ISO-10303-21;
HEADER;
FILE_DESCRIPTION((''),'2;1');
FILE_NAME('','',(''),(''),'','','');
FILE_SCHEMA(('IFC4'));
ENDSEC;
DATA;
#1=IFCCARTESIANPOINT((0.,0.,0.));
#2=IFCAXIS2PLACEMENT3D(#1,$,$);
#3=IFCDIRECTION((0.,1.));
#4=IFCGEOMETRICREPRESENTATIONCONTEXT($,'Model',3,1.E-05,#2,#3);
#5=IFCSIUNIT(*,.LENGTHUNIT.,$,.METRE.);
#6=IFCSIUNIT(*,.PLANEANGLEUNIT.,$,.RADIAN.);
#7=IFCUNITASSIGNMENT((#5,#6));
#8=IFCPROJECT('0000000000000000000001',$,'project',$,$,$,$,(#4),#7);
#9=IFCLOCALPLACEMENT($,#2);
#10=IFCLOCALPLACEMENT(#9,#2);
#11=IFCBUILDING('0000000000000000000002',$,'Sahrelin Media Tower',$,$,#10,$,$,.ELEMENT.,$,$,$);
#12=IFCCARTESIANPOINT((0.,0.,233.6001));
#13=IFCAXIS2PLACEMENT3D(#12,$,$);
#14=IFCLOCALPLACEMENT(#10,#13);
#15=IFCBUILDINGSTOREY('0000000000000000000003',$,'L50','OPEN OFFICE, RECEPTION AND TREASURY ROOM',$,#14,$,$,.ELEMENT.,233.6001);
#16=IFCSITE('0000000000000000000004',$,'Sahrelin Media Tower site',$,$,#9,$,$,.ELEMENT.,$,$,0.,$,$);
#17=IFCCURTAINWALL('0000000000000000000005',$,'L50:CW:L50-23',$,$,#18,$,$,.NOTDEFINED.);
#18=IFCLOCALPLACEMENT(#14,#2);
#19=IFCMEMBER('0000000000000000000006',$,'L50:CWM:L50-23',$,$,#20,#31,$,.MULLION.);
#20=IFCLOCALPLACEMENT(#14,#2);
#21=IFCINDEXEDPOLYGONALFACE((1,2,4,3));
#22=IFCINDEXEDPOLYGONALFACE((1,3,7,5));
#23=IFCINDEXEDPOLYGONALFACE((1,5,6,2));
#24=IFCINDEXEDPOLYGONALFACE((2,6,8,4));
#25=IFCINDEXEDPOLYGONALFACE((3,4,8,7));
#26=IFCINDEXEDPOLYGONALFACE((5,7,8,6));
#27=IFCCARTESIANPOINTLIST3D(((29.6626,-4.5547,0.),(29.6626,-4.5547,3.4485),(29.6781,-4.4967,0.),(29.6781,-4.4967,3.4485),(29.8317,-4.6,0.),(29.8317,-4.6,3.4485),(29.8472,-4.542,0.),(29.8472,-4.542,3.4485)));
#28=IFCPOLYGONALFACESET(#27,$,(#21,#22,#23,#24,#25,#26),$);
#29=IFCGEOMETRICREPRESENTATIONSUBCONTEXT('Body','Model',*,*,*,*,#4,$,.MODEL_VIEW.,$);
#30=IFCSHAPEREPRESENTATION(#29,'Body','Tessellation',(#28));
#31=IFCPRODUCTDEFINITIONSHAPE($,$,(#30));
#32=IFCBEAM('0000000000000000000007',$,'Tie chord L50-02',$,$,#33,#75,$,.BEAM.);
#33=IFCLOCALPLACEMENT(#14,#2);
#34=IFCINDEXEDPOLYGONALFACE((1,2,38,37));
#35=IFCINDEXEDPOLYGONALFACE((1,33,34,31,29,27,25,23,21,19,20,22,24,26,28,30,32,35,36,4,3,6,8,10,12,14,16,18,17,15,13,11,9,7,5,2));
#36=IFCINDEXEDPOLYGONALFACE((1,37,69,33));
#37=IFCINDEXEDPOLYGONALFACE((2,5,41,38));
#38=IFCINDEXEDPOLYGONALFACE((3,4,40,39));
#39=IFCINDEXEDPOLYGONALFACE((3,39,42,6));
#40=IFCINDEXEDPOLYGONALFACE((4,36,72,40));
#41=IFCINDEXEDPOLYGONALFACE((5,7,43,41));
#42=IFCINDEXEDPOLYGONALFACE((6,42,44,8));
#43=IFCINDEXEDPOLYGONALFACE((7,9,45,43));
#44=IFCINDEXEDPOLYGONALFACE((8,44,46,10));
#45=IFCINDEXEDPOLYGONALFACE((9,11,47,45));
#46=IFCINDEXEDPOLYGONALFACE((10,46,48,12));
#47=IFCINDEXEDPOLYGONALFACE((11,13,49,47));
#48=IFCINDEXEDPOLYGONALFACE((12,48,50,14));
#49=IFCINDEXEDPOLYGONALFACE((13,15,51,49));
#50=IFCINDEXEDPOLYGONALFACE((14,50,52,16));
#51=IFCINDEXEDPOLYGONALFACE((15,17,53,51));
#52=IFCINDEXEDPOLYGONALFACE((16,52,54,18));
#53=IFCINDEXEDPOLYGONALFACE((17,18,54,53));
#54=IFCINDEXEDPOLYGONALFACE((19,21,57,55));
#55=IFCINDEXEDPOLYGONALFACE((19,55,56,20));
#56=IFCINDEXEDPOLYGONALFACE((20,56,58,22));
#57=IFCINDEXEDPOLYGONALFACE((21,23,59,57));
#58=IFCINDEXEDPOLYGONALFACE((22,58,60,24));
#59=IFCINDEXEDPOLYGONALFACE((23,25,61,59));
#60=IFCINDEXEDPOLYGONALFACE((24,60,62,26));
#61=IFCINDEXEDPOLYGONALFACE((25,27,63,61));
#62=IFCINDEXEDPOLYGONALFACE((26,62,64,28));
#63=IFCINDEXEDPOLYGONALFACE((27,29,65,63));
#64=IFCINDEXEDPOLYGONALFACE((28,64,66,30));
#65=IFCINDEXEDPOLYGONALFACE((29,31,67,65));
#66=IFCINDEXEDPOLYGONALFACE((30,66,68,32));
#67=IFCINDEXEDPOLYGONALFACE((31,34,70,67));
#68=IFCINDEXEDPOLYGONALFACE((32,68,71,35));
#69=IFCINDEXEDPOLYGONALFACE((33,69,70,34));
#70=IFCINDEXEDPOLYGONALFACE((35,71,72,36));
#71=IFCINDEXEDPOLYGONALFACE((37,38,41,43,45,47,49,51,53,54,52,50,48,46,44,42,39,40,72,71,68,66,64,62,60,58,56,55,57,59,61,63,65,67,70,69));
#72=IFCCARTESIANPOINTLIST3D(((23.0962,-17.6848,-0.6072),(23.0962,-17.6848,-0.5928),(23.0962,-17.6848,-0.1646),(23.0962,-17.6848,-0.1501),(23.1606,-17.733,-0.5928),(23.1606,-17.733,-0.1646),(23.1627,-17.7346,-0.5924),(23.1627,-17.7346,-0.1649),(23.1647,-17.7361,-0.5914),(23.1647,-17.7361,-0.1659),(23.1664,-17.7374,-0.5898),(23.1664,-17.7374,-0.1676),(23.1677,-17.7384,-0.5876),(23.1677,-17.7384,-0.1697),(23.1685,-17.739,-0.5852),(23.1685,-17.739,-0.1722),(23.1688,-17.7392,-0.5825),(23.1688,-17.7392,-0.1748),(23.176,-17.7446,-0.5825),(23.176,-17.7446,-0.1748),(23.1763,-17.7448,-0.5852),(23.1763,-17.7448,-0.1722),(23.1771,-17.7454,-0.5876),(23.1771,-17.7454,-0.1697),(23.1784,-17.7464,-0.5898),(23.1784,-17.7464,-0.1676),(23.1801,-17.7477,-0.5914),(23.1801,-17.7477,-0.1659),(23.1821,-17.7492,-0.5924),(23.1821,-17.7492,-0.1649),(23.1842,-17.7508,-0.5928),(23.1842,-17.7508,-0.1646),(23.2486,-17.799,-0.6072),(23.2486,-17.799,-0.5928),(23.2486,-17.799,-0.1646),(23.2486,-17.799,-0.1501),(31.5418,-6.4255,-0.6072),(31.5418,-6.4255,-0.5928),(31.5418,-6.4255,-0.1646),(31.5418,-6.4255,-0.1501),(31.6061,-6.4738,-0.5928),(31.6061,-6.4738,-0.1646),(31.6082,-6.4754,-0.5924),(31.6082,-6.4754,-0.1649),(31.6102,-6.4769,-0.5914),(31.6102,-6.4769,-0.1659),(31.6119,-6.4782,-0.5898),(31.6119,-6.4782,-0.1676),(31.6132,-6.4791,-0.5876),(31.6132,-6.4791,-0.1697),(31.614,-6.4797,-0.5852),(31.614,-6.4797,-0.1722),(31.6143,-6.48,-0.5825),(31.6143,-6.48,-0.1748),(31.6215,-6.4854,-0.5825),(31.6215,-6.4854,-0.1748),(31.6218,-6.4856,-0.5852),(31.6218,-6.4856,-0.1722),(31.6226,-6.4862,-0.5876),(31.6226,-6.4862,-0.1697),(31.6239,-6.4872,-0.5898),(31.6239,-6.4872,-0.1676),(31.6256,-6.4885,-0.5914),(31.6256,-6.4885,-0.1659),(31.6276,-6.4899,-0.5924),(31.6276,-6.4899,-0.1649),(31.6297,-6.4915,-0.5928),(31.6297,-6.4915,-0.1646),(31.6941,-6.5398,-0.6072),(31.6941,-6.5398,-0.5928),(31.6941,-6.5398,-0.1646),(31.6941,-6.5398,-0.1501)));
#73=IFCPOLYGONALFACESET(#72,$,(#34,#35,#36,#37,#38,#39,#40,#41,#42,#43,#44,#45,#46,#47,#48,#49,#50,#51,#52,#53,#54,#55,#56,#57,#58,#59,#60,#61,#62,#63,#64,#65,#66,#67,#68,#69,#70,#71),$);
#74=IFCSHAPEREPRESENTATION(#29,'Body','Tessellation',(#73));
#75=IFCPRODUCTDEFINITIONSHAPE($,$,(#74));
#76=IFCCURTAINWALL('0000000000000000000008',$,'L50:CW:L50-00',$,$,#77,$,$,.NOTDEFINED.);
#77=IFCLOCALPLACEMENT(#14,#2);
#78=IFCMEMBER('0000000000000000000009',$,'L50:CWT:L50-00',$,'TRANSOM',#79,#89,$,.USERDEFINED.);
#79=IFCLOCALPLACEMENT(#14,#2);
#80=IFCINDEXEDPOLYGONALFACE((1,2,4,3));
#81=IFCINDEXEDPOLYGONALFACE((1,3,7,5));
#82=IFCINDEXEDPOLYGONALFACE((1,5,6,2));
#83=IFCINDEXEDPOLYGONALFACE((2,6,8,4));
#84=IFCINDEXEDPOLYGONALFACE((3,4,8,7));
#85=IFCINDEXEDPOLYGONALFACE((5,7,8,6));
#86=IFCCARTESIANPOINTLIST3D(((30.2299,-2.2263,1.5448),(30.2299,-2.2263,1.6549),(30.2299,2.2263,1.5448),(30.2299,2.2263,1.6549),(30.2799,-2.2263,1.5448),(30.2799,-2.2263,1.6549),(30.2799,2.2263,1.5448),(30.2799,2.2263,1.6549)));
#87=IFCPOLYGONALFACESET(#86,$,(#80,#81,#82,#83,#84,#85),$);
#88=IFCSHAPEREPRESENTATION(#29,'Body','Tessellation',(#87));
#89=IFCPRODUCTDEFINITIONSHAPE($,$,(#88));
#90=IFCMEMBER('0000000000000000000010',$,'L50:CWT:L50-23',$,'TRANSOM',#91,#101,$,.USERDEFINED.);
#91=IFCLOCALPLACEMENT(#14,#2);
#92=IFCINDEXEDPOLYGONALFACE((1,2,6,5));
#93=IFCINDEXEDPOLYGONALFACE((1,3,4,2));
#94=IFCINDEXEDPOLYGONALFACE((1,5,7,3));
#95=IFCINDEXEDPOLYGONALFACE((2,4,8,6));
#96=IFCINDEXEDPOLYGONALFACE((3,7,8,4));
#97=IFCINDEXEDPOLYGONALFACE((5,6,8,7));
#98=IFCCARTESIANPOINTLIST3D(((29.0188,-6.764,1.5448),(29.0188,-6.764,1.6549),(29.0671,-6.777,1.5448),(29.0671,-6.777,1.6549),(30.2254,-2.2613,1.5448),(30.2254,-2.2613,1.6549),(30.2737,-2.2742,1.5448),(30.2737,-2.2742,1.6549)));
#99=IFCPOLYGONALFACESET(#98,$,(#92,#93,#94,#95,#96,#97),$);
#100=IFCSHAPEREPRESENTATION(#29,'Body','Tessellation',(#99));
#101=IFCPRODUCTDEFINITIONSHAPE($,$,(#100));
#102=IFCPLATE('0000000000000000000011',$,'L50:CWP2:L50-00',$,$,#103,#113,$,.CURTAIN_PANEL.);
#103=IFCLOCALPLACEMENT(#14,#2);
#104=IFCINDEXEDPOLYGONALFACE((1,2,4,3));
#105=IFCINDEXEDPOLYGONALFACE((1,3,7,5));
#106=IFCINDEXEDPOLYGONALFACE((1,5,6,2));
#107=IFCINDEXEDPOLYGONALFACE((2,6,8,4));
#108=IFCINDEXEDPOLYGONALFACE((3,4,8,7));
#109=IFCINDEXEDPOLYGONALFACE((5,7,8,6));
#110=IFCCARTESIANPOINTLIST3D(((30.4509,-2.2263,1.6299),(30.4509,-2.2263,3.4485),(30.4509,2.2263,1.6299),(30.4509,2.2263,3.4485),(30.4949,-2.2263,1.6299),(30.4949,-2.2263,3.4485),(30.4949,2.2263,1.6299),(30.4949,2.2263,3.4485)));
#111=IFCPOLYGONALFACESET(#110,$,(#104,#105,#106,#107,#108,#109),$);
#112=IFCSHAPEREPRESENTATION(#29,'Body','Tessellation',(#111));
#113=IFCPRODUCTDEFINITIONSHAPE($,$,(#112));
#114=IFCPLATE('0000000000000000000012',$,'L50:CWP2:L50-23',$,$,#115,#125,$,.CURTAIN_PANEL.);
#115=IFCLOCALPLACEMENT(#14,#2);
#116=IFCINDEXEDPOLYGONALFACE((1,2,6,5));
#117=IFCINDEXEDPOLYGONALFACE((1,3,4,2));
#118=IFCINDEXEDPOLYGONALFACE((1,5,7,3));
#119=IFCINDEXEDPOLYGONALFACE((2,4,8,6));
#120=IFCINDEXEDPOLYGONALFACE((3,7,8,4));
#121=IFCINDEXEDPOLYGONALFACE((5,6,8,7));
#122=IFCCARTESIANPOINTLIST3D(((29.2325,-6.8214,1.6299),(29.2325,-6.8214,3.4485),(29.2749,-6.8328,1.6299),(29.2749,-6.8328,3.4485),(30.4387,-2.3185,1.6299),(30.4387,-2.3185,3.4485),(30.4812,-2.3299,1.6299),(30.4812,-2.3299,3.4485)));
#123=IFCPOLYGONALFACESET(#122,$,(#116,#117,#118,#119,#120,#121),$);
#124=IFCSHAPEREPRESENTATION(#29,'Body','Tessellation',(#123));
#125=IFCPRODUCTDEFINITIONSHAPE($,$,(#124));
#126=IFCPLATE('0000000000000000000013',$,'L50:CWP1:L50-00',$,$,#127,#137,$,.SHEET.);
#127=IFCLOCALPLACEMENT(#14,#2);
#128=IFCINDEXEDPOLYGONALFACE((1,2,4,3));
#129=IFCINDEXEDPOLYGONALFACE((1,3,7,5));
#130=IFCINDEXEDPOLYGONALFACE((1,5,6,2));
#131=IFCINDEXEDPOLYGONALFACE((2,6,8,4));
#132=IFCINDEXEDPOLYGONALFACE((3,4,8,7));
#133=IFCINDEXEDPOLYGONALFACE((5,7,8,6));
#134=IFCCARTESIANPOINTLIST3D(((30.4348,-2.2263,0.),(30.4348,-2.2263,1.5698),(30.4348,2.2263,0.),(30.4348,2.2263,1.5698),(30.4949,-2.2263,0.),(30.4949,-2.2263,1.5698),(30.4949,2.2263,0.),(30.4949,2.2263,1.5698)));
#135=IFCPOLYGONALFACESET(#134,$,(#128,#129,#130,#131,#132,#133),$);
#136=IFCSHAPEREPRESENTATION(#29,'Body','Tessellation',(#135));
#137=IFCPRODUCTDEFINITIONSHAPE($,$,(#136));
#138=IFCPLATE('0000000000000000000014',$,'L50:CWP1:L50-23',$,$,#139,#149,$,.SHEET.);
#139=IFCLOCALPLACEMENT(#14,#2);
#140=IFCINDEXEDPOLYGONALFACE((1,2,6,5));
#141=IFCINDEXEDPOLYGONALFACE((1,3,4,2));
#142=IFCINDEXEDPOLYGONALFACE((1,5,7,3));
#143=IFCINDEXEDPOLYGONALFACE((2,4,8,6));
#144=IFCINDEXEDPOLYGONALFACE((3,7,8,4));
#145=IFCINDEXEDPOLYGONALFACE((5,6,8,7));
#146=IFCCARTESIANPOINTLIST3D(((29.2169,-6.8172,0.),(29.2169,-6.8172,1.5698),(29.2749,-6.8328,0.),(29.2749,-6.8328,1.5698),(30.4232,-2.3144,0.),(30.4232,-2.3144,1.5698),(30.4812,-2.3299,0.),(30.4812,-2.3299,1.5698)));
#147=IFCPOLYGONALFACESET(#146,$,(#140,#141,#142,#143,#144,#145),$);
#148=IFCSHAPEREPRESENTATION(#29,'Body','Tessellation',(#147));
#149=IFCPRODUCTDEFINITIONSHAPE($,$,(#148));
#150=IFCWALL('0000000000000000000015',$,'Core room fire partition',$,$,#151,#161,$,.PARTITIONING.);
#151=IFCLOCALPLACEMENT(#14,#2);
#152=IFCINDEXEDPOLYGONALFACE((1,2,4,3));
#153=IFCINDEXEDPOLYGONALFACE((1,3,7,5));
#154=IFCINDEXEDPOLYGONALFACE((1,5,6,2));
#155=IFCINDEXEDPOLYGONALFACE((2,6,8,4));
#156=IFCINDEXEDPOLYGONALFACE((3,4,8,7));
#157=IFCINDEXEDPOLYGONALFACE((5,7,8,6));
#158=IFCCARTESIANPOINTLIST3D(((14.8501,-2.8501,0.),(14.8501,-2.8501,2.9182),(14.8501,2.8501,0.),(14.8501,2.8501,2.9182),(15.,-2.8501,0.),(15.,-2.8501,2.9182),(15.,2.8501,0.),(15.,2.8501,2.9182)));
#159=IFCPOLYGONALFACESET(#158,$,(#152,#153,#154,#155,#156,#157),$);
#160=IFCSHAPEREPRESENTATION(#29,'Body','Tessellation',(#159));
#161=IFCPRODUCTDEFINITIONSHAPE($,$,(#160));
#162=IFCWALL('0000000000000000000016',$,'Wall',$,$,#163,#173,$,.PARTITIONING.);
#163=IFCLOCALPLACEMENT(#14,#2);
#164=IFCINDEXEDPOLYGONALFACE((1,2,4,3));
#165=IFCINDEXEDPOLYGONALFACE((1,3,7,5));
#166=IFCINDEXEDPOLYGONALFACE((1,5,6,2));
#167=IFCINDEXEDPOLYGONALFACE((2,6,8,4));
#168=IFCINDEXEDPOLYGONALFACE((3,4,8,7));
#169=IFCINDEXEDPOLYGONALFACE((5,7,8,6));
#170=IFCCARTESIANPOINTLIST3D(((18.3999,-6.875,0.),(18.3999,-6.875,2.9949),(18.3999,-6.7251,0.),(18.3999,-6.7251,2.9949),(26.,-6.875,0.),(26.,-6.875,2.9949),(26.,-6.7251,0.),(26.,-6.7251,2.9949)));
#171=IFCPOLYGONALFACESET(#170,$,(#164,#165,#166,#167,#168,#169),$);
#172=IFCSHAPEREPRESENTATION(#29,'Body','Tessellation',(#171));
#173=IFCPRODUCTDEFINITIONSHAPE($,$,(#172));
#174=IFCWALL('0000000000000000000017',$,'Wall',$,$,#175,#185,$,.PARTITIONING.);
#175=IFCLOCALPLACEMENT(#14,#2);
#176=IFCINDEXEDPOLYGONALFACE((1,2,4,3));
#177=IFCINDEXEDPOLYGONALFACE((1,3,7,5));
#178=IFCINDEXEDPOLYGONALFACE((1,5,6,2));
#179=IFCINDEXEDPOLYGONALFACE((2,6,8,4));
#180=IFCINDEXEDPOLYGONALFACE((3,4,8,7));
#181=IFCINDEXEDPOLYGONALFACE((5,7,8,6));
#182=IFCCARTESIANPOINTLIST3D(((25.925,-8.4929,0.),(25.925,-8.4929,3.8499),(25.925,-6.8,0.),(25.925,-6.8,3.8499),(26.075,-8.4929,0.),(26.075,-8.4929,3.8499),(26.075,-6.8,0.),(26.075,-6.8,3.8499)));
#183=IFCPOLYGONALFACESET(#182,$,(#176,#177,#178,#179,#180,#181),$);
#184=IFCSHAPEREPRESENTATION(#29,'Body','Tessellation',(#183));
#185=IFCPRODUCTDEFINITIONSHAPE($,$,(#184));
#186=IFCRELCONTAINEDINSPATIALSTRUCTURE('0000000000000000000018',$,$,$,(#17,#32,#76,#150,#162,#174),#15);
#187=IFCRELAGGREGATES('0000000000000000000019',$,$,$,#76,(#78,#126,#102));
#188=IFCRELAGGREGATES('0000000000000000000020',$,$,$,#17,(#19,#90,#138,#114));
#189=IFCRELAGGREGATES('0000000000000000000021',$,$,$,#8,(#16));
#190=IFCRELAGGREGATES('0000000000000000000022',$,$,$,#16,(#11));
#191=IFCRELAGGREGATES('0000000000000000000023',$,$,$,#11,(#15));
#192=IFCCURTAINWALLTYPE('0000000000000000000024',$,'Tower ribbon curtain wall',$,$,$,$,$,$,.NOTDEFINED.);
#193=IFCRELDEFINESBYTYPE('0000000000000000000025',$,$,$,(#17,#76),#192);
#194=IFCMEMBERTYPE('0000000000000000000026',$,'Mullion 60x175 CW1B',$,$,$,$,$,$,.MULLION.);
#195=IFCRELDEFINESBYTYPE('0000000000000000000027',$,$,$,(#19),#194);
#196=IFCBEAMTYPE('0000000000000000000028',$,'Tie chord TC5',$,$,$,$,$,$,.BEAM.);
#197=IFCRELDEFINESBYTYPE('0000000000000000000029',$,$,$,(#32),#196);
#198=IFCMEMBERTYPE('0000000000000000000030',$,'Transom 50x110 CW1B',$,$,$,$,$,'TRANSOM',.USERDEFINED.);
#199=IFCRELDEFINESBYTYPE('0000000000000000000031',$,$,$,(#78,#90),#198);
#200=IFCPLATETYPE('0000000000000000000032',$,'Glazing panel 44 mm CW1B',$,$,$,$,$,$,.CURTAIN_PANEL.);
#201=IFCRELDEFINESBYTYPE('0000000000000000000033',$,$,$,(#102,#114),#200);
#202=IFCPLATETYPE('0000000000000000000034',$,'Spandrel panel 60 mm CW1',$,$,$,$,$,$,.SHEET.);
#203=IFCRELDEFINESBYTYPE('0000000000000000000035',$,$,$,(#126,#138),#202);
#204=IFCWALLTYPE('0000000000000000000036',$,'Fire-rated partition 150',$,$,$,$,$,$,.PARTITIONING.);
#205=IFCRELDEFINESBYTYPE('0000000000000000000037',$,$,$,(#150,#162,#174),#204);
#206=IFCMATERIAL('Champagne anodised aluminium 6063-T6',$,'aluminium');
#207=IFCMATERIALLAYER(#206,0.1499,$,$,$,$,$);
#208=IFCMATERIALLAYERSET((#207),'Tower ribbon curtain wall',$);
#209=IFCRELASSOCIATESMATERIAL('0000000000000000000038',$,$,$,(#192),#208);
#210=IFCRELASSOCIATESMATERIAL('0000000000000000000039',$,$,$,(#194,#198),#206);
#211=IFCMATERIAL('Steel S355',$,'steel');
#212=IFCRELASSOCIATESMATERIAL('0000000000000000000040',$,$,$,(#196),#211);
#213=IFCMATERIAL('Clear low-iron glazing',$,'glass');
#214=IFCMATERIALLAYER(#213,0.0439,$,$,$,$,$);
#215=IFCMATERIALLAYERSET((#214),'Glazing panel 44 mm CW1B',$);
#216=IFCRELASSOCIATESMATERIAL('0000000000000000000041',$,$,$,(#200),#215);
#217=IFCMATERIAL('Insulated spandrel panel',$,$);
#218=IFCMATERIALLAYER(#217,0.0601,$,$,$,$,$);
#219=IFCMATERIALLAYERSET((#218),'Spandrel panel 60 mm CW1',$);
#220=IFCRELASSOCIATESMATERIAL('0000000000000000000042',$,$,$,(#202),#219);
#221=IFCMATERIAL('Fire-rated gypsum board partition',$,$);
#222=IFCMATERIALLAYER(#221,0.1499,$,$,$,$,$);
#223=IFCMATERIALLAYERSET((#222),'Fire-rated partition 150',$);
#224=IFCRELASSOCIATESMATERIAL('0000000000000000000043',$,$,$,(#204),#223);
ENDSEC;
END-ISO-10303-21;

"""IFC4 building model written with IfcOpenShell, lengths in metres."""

from ifc_helpers import new_model, si_unit, direction, frame, frame_2d, origin, origin_2d, place, context, subcontext, project, spatial, polyline, rectangle, i_section, outline, extrude, material, layer, layer_set, material_profile, profile_set, type_object, element, aggregate, save


model = new_model("IFC4")

# Units and contexts
model_context = context("Model", 3, precision=1e-05, world=origin(), true_north=direction((0.0, 1.0)))
body_context = subcontext(model_context, "Body", "Model", "MODEL_VIEW")
ifc_project = project(units=[si_unit("LENGTHUNIT", "METRE"), si_unit("PLANEANGLEUNIT", "RADIAN")], contexts=[model_context])

# Site, building, storey
site_placement = place(None, origin())
site = spatial("IfcSite", under=ifc_project, at=site_placement, Name="Sahrelin Media Tower site", CompositionType="ELEMENT", RefElevation=0.0)
building_placement = place(site_placement, origin())
building = spatial("IfcBuilding", under=site, at=building_placement, Name="Sahrelin Media Tower", CompositionType="ELEMENT")
storey_placement = place(building_placement, frame((0.0, 0.0, 233.6001)))
storey = spatial("IfcBuildingStorey", under=building, at=storey_placement, Name="L50", Description="OPEN OFFICE, RECEPTION AND TREASURY ROOM", CompositionType="ELEMENT", Elevation=233.6001)

# Shared definitions
ifc_material_1 = material(Name="Steel S355", Category="steel")

# Curtain wall, member
ifc_material_2 = material(Name="Champagne anodised aluminium 6063-T6", Category="aluminium")
ifc_layer_1 = layer(ifc_material_2, 0.1499)
ifc_layer_set_1 = layer_set([ifc_layer_1], Name="Tower ribbon curtain wall")
curtain_wall_type = type_object("IfcCurtainWallType", Name="Tower ribbon curtain wall", PredefinedType="NOTDEFINED", material=ifc_layer_set_1)
ifc_material_profile_1 = material_profile(ifc_material_2, rectangle(XDim=0.0601, YDim=0.175, at=origin_2d()), Name="Mullion 60x175")
ifc_profile_set_1 = profile_set([ifc_material_profile_1], Name="Champagne anodised aluminium 6063-T6")
member_type_1 = type_object("IfcMemberType", Name="Mullion 60x175 CW1B", PredefinedType="MULLION", material=ifc_profile_set_1)
curtain_wall_1_placement = place(storey_placement, frame((29.8586, -4.5762, 0.0), z_axis=(0.0, 0.0, 1.0), x_axis=(1.0, 0.0, 0.0)))
curtain_wall_1 = element("IfcCurtainWall", 1, at=curtain_wall_1_placement, inside=storey, type_object=curtain_wall_type, Name="L50:CW:L50-23", PredefinedType="NOTDEFINED")
member_1_placement = place(storey_placement, frame((29.7549, -4.5483, 0.0), z_axis=(0.0, 0.0, 1.0), x_axis=(0.258817, 0.965926, 0.0)))
member_1 = element("IfcMember", 2, at=member_1_placement, type_object=member_type_1, Name="L50:CWM:L50-23", PredefinedType="MULLION", context=body_context, shape_type="SweptSolid", body=[
    extrude(rectangle(XDim=0.0601, YDim=0.175, at=origin_2d()), origin(), (0.0, 0.0, 1.0), 3.4485),
])

# Beam
ifc_material_profile_2 = material_profile(ifc_material_1, i_section(OverallWidth=0.1904, OverallDepth=0.457, WebThickness=0.009, FlangeThickness=0.0144, FilletRadius=0.0103, at=origin_2d()), Name="UB 457x191x74")
ifc_profile_set_2 = profile_set([ifc_material_profile_2], Name="Steel S355")
beam_type_1 = type_object("IfcBeamType", Name="Tie chord TC5", PredefinedType="BEAM", material=ifc_profile_set_2)
beam_1_placement = place(storey_placement, frame((31.6179, -6.4827, -0.3787), z_axis=(-0.60005, -0.799963, 0.0), x_axis=(0.799963, -0.60005, 0.0)))
element("IfcBeam", 3, at=beam_1_placement, inside=storey, type_object=beam_type_1, Name="Tie chord L50-02", PredefinedType="BEAM", context=body_context, shape_type="SweptSolid", body=[
    extrude(i_section(OverallWidth=0.1904, OverallDepth=0.457, WebThickness=0.009, FlangeThickness=0.0144, FilletRadius=0.0103, at=origin_2d()), origin(), (0.0, 0.0, 1.0), 14.0747),
])

# Curtain wall, member
curtain_wall_2_placement = place(storey_placement, frame((30.4749, 0.0, 0.0), z_axis=(0.0, 0.0, 1.0), x_axis=(1.0, 0.0, 0.0)))
curtain_wall_2 = element("IfcCurtainWall", 4, at=curtain_wall_2_placement, inside=storey, type_object=curtain_wall_type, Name="L50:CW:L50-00", PredefinedType="NOTDEFINED")
ifc_material_profile_3 = material_profile(ifc_material_2, rectangle(XDim=0.05, YDim=0.1101, at=origin_2d()), Name="Transom 50x110")
ifc_profile_set_3 = profile_set([ifc_material_profile_3], Name="Champagne anodised aluminium 6063-T6")
member_type_2 = type_object("IfcMemberType", Name="Transom 50x110 CW1B", ElementType="TRANSOM", PredefinedType="USERDEFINED", material=ifc_profile_set_3)
member_2_placement = place(storey_placement, frame((30.2549, -2.2263, 1.5999), z_axis=(0.0, 1.0, 0.0), x_axis=(-1.0, 0.0, 0.0)))
member_2 = element("IfcMember", 5, at=member_2_placement, type_object=member_type_2, Name="L50:CWT:L50-00", ObjectType="TRANSOM", PredefinedType="USERDEFINED", context=body_context, shape_type="SweptSolid", body=[
    extrude(rectangle(XDim=0.05, YDim=0.1101, at=origin_2d()), origin(), (0.0, 0.0, 1.0), 4.4526),
])

# Member
member_3_placement = place(storey_placement, frame((29.043, -6.7705, 1.5999), z_axis=(0.258829, 0.965923, 0.0), x_axis=(-0.965923, 0.258829, 0.0)))
member_3 = element("IfcMember", 6, at=member_3_placement, type_object=member_type_2, Name="L50:CWT:L50-23", ObjectType="TRANSOM", PredefinedType="USERDEFINED", context=body_context, shape_type="SweptSolid", body=[
    extrude(rectangle(XDim=0.05, YDim=0.1101, at=origin_2d()), origin(), (0.0, 0.0, 1.0), 4.6616),
])

# Plates
ifc_material_3 = material(Name="Clear low-iron glazing", Category="glass")
ifc_layer_2 = layer(ifc_material_3, 0.0439)
ifc_layer_set_2 = layer_set([ifc_layer_2], Name="Glazing panel 44 mm CW1B")
plate_type_1 = type_object("IfcPlateType", Name="Glazing panel 44 mm CW1B", PredefinedType="CURTAIN_PANEL", material=ifc_layer_set_2)
plate_1_placement = place(storey_placement, frame((30.4949, -2.2263, 1.6299), z_axis=(1.0, 0.0, 0.0), x_axis=(0.0, 1.0, 0.0)))
plate_1 = element("IfcPlate", 7, at=plate_1_placement, type_object=plate_type_1, Name="L50:CWP2:L50-00", PredefinedType="CURTAIN_PANEL", context=body_context, shape_type="SweptSolid", body=[
    extrude(outline(polyline([(0.0, 0.0), (4.4526, 0.0), (4.4526, 1.8186), (0.0, 1.8186), (0.0, 0.0)])), origin(), (0.0, 0.0, -1.0), 0.0439),
])
plate_2_placement = place(storey_placement, frame((29.2749, -6.8328, 1.6299), z_axis=(0.96594, -0.258767, 0.0), x_axis=(0.258767, 0.96594, 0.0)))
plate_2 = element("IfcPlate", 8, at=plate_2_placement, type_object=plate_type_1, Name="L50:CWP2:L50-23", PredefinedType="CURTAIN_PANEL", context=body_context, shape_type="SweptSolid", body=[
    extrude(outline(polyline([(0.0, 0.0), (4.6616, 0.0), (4.6616, 1.8186), (0.0, 1.8186), (0.0, 0.0)])), origin(), (0.0, 0.0, -1.0), 0.0439),
])
ifc_material_4 = material(Name="Insulated spandrel panel")
ifc_layer_3 = layer(ifc_material_4, 0.0601)
ifc_layer_set_3 = layer_set([ifc_layer_3], Name="Spandrel panel 60 mm CW1")
plate_type_2 = type_object("IfcPlateType", Name="Spandrel panel 60 mm CW1", PredefinedType="SHEET", material=ifc_layer_set_3)
plate_3_placement = place(storey_placement, frame((30.4949, -2.2263, 0.0), z_axis=(1.0, 0.0, 0.0), x_axis=(0.0, 1.0, 0.0)))
plate_3 = element("IfcPlate", 9, at=plate_3_placement, type_object=plate_type_2, Name="L50:CWP1:L50-00", PredefinedType="SHEET", context=body_context, shape_type="SweptSolid", body=[
    extrude(outline(polyline([(0.0, 0.0), (4.4526, 0.0), (4.4526, 1.5698), (0.0, 1.5698), (0.0, 0.0)])), origin(), (0.0, 0.0, -1.0), 0.0601),
])
aggregate(curtain_wall_2, [member_2, plate_3, plate_1])
plate_4_placement = place(storey_placement, frame((29.2749, -6.8328, 0.0), z_axis=(0.96594, -0.258767, 0.0), x_axis=(0.258767, 0.96594, 0.0)))
plate_4 = element("IfcPlate", 10, at=plate_4_placement, type_object=plate_type_2, Name="L50:CWP1:L50-23", PredefinedType="SHEET", context=body_context, shape_type="SweptSolid", body=[
    extrude(outline(polyline([(0.0, 0.0), (4.6616, 0.0), (4.6616, 1.5698), (0.0, 1.5698), (0.0, 0.0)])), origin(), (0.0, 0.0, -1.0), 0.0601),
])
aggregate(curtain_wall_1, [member_1, member_3, plate_4, plate_2])

# Walls
ifc_material_5 = material(Name="Fire-rated gypsum board partition")
ifc_layer_4 = layer(ifc_material_5, 0.1499)
ifc_layer_set_4 = layer_set([ifc_layer_4], Name="Fire-rated partition 150")
wall_type_1 = type_object("IfcWallType", Name="Fire-rated partition 150", PredefinedType="PARTITIONING", material=ifc_layer_set_4)
wall_1_placement = place(storey_placement, frame((14.925, -2.8501, 0.0), z_axis=(0.0, 0.0, 1.0), x_axis=(0.0, 1.0, 0.0)))
element("IfcWall", 11, at=wall_1_placement, inside=storey, type_object=wall_type_1, Name="Core room fire partition", PredefinedType="PARTITIONING", context=body_context, shape_type="SweptSolid", body=[
    extrude(rectangle(XDim=5.7002, YDim=0.1499, at=frame_2d((2.8501, 0.0))), origin(), (0.0, 0.0, 1.0), 2.9182),
])
wall_2_placement = place(storey_placement, frame((18.3999, -6.8, 0.0), z_axis=(0.0, 0.0, 1.0), x_axis=(1.0, 0.0, 0.0)))
element("IfcWall", 12, at=wall_2_placement, inside=storey, type_object=wall_type_1, Name="Wall", PredefinedType="PARTITIONING", context=body_context, shape_type="SweptSolid", body=[
    extrude(rectangle(XDim=7.6001, YDim=0.1499, at=frame_2d((3.8, 0.0))), origin(), (0.0, 0.0, 1.0), 2.9949),
])
wall_3_placement = place(storey_placement, frame((26.0, -8.4929, 0.0), z_axis=(0.0, 0.0, 1.0), x_axis=(0.0, 1.0, 0.0)))
element("IfcWall", 13, at=wall_3_placement, inside=storey, type_object=wall_type_1, Name="Wall", PredefinedType="PARTITIONING", context=body_context, shape_type="SweptSolid", body=[
    extrude(rectangle(XDim=1.6929, YDim=0.1499, at=frame_2d((0.8464, 0.0))), origin(), (0.0, 0.0, 1.0), 3.8499),
])

save(model, "model.ifc")
